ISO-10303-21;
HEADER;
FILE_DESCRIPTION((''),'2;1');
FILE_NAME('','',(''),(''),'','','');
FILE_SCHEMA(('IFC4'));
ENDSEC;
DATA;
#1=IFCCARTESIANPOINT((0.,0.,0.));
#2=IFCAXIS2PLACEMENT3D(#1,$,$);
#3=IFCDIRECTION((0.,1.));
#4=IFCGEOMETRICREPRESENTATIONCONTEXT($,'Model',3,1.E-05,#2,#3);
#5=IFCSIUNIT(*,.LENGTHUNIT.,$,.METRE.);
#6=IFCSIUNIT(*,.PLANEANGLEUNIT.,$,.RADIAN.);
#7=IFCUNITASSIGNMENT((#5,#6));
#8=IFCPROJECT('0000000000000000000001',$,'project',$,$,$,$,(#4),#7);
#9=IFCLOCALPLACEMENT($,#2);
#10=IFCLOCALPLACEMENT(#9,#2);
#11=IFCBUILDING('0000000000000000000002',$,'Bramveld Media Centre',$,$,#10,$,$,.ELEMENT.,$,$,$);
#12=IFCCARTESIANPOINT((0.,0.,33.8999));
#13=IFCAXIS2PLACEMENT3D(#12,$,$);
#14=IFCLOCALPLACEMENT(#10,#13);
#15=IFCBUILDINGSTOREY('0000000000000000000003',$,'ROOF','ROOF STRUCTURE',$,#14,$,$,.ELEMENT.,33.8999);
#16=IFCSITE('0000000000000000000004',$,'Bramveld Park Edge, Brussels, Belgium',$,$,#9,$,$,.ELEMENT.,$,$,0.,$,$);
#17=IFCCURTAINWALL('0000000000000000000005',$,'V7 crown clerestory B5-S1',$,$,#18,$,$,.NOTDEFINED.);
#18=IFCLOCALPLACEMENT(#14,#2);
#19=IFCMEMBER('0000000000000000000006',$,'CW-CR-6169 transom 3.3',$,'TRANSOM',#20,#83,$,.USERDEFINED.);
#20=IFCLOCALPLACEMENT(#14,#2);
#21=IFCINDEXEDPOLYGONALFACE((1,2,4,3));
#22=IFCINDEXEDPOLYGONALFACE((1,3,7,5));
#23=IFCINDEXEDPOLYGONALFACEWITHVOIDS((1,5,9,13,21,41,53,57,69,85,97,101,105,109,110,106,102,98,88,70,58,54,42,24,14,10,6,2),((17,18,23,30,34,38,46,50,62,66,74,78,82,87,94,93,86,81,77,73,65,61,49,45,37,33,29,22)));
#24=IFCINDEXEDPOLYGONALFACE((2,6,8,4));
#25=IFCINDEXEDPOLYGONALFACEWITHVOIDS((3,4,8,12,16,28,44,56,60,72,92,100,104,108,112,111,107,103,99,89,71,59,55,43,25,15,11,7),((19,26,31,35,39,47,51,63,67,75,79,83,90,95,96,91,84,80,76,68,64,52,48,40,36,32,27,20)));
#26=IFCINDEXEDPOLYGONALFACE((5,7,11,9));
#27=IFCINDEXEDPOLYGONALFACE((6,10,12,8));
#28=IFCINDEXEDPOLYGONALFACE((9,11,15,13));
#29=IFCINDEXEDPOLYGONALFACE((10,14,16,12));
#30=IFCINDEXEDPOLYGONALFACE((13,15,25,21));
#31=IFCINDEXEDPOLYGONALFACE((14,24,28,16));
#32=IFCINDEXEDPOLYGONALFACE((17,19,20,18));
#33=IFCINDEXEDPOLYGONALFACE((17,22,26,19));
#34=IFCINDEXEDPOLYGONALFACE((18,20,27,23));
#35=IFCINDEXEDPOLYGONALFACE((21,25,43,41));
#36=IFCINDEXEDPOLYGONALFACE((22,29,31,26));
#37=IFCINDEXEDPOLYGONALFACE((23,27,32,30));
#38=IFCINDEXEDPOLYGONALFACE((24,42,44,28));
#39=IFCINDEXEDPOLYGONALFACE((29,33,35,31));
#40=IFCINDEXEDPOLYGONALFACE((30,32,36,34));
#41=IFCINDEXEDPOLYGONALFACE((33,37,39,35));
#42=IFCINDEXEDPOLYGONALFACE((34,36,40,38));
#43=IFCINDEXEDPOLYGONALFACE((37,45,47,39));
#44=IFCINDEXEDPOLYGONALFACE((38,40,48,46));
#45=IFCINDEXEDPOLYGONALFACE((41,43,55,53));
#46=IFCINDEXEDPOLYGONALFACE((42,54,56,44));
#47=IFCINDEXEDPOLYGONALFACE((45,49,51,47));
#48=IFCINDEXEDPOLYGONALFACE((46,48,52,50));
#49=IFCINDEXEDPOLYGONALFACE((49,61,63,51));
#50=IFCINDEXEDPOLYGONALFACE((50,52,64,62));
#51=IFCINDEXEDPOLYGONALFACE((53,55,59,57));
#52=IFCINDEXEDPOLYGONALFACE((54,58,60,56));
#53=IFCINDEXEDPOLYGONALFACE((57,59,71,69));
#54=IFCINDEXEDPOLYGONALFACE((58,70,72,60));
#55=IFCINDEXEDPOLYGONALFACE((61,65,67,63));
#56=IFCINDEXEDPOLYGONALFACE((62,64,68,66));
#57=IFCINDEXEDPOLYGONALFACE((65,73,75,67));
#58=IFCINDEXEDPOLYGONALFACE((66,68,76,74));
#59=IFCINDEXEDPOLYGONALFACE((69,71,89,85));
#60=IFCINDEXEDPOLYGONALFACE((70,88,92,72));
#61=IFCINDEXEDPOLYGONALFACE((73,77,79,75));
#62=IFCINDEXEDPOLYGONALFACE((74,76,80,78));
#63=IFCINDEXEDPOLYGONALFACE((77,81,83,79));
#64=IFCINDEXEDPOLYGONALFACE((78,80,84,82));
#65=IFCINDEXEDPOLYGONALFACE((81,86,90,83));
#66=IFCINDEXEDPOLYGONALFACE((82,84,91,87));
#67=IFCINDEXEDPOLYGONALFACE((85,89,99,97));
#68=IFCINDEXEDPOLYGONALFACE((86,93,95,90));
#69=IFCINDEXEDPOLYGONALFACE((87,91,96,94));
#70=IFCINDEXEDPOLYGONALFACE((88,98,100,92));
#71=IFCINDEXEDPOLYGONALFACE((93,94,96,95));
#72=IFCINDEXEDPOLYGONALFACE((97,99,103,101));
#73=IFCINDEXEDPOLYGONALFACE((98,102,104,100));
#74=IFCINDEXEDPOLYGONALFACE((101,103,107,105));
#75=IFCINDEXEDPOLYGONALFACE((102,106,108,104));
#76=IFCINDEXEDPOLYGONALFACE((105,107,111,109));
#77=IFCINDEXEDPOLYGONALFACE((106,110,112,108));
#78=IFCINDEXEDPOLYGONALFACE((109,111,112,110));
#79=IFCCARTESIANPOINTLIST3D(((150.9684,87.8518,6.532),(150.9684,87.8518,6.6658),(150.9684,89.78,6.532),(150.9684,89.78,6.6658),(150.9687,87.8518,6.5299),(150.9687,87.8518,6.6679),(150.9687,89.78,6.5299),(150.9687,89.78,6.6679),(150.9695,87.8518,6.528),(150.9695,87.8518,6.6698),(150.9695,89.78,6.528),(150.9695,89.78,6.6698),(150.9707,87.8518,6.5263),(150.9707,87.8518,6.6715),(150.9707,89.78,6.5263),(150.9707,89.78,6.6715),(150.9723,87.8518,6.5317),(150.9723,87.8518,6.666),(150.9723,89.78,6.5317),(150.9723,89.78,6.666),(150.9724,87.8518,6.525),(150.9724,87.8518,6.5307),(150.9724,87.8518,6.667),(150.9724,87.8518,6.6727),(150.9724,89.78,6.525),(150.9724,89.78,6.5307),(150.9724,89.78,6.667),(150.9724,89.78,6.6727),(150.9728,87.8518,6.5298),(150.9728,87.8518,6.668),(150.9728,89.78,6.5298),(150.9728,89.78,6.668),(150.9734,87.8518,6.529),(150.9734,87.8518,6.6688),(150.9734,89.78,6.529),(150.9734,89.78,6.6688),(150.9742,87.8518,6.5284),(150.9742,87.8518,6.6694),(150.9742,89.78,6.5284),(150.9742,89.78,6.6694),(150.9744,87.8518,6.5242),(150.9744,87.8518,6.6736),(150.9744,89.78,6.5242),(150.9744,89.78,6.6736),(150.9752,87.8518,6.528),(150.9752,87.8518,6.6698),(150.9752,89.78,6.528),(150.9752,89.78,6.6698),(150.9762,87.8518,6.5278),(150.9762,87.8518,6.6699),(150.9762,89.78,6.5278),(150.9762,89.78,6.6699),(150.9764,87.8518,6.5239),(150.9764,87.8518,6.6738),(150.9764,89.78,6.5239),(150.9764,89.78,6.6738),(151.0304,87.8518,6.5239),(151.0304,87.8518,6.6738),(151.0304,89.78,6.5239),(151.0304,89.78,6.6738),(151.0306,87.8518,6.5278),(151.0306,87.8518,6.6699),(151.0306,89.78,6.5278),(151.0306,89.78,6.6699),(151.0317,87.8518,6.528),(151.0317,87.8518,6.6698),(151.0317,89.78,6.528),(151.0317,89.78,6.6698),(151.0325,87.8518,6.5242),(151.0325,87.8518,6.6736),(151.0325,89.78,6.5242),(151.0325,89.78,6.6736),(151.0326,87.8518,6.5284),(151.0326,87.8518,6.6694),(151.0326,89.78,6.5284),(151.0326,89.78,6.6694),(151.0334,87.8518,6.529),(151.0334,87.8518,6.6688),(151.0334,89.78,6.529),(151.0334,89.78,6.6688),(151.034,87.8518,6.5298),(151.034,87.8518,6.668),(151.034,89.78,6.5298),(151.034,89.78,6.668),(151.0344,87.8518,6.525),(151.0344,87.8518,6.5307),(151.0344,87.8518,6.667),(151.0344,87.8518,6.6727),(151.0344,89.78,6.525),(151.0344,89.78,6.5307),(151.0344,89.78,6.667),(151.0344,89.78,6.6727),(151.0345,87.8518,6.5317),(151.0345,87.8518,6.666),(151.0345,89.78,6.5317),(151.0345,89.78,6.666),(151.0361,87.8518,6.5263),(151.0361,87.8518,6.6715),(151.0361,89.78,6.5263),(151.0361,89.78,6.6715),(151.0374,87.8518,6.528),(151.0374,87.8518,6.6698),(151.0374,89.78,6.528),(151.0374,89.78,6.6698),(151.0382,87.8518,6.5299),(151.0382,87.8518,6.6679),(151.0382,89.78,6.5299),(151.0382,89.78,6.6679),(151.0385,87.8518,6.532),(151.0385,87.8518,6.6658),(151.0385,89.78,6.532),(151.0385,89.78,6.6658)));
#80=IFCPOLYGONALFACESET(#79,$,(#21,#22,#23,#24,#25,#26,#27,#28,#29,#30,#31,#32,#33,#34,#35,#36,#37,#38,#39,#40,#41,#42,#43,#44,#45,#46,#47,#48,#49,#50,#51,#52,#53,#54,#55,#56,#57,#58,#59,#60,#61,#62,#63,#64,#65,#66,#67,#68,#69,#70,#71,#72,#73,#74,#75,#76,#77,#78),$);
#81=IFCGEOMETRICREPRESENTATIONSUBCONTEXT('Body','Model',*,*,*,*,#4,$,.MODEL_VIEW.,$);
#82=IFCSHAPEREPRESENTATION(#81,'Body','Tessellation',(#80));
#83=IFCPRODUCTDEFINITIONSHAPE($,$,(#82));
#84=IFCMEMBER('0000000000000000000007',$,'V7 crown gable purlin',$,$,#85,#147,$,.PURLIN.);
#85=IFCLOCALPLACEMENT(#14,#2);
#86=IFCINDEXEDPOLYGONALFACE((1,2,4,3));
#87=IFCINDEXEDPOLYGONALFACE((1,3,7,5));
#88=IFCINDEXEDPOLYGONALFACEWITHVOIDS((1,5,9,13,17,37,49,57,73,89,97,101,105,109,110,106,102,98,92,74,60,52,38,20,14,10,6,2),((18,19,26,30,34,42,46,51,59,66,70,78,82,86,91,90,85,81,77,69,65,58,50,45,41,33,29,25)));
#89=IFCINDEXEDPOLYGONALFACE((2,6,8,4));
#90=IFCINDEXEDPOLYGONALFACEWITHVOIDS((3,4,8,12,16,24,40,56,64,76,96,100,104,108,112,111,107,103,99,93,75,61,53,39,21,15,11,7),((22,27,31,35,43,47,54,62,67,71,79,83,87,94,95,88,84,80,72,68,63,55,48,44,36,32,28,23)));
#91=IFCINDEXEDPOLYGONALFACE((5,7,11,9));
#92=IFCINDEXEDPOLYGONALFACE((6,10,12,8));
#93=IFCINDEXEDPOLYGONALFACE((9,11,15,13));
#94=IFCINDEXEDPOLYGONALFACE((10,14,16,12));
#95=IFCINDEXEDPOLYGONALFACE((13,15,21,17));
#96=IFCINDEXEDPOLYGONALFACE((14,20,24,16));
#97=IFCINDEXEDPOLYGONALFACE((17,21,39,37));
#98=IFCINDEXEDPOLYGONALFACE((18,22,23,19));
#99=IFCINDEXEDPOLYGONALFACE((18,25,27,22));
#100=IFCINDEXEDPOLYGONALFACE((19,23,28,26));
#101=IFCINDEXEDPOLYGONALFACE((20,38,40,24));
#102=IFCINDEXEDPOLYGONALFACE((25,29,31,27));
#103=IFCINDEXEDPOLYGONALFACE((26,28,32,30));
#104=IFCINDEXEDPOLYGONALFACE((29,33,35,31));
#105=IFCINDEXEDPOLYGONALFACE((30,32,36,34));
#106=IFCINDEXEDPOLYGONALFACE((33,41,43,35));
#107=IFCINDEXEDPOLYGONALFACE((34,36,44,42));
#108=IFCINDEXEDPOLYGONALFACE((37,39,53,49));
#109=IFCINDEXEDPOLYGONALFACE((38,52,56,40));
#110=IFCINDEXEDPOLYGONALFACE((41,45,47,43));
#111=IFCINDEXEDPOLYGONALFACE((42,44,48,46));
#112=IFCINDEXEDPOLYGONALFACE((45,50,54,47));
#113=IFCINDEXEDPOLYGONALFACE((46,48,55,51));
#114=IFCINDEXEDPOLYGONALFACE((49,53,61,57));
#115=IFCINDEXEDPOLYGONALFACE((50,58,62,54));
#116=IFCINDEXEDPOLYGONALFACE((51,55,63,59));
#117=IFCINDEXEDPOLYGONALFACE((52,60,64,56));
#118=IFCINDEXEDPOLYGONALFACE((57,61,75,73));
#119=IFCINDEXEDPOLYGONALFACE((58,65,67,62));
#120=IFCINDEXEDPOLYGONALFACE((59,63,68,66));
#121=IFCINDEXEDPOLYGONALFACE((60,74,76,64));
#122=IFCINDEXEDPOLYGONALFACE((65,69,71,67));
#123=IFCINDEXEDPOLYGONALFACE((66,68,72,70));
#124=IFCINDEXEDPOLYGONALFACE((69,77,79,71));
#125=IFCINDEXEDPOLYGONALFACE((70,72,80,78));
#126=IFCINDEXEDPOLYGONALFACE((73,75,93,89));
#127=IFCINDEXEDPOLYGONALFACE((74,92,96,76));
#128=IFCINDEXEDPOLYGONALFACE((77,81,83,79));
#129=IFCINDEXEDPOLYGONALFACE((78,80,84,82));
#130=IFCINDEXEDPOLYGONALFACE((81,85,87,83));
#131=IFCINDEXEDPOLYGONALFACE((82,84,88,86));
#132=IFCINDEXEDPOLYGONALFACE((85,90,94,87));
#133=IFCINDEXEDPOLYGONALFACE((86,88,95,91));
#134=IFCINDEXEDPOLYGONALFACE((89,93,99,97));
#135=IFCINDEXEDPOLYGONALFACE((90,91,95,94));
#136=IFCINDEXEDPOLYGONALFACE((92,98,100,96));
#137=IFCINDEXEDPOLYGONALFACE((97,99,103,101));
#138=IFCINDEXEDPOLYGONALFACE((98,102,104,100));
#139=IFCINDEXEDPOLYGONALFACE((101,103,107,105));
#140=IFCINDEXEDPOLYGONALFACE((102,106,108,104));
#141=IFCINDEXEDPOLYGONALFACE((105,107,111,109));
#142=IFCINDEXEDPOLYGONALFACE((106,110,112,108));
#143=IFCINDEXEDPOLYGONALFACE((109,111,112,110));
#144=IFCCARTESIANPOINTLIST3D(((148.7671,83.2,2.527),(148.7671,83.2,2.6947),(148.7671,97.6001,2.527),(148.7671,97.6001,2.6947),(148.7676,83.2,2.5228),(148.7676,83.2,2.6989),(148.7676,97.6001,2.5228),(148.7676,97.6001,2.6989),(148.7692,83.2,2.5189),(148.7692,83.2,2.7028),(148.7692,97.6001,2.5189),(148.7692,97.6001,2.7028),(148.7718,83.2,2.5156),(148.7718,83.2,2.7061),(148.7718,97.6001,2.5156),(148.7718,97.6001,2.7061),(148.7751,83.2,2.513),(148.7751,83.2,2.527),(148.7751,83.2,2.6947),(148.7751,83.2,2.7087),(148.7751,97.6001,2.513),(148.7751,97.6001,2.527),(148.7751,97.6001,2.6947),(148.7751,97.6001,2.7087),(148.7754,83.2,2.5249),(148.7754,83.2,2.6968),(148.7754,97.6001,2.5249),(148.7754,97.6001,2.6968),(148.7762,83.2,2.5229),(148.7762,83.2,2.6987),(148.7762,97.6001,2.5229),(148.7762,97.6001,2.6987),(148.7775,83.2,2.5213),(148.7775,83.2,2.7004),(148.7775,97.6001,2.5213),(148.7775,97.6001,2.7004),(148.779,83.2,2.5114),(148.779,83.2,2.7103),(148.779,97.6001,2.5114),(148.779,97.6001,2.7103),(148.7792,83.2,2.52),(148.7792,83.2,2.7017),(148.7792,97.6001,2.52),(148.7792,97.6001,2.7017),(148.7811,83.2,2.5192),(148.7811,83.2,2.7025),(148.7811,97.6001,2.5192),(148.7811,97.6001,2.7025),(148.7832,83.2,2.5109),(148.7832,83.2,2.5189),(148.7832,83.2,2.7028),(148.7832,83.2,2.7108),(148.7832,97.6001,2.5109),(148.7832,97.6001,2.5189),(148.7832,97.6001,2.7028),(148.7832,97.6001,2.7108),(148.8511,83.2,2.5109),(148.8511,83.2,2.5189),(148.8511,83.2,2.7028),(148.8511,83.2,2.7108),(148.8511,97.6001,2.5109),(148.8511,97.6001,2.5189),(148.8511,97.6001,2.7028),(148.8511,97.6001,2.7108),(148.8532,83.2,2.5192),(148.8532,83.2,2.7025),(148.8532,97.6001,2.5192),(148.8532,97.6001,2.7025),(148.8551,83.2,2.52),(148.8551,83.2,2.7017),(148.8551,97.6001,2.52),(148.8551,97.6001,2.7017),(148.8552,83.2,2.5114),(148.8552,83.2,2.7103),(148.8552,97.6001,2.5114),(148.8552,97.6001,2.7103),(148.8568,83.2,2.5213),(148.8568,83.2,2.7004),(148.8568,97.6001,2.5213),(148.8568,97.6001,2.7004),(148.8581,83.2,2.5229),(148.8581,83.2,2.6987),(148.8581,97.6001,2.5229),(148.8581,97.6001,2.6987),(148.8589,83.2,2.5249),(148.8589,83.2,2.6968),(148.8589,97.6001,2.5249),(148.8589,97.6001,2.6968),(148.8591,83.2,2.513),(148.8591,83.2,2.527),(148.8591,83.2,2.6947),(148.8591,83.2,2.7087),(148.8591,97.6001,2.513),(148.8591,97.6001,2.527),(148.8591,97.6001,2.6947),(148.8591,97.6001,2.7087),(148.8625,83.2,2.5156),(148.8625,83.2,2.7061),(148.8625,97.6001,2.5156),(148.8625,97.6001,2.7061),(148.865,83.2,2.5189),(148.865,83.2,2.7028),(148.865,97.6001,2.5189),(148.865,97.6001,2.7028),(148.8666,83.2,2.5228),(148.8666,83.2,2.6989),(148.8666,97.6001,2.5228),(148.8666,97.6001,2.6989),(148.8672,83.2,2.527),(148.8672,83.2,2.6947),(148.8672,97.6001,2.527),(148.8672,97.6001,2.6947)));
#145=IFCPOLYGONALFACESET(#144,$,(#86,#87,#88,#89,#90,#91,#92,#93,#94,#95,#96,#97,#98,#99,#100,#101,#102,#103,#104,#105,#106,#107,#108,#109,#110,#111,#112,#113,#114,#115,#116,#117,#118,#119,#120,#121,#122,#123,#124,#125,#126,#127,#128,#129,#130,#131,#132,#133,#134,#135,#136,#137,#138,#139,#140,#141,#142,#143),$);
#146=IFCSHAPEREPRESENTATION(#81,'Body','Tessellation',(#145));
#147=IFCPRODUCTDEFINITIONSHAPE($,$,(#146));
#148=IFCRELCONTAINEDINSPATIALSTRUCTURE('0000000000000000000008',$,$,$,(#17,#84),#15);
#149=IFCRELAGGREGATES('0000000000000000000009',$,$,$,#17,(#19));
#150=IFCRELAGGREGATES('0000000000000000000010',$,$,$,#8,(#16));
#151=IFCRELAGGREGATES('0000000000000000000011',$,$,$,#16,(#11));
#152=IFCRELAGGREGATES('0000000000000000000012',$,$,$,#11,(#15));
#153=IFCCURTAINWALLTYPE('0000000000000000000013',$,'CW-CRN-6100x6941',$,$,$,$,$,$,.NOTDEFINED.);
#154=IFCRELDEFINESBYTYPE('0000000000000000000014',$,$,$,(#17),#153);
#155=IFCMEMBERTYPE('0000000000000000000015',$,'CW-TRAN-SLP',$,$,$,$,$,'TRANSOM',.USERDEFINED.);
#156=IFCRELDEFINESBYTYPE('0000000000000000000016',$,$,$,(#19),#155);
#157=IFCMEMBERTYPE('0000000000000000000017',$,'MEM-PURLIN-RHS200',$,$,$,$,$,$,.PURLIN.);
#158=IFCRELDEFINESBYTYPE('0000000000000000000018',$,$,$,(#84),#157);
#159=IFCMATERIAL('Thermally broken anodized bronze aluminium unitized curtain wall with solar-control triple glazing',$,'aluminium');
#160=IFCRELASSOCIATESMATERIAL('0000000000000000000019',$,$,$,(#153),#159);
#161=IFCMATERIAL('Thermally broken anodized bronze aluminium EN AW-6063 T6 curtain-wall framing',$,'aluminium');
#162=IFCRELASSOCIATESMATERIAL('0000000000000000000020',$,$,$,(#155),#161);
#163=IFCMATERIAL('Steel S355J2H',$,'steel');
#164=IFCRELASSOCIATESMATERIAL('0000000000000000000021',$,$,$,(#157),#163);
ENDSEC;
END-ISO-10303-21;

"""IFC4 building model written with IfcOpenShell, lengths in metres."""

from ifc_helpers import new_model, si_unit, direction, frame, origin, origin_2d, place, context, subcontext, project, spatial, hollow_rectangle, extrude, material, material_profile, profile_set, type_object, element, aggregate, save


model = new_model("IFC4")

# Units and contexts
model_context = context("Model", 3, precision=1e-05, world=origin(), true_north=direction((0.0, 1.0)))
body_context = subcontext(model_context, "Body", "Model", "MODEL_VIEW")
ifc_project = project(units=[si_unit("LENGTHUNIT", "METRE"), si_unit("PLANEANGLEUNIT", "RADIAN")], contexts=[model_context])

# Site, building, storey
site_placement = place(None, origin())
site = spatial("IfcSite", under=ifc_project, at=site_placement, Name="Bramveld Park Edge, Brussels, Belgium", CompositionType="ELEMENT", RefElevation=0.0)
building_placement = place(site_placement, origin())
building = spatial("IfcBuilding", under=site, at=building_placement, Name="Bramveld Media Centre", CompositionType="ELEMENT")
storey_placement = place(building_placement, frame((0.0, 0.0, 33.8999)))
storey = spatial("IfcBuildingStorey", under=building, at=storey_placement, Name="ROOF", Description="ROOF STRUCTURE", CompositionType="ELEMENT", Elevation=33.8999)

# Curtain wall, member
ifc_material_1 = material(Name="Thermally broken anodized bronze aluminium unitized curtain wall with solar-control triple glazing", Category="aluminium")
curtain_wall_type = type_object("IfcCurtainWallType", Name="CW-CRN-6100x6941", PredefinedType="NOTDEFINED", material=ifc_material_1)
ifc_material_2 = material(Name="Thermally broken anodized bronze aluminium EN AW-6063 T6 curtain-wall framing", Category="aluminium")
ifc_material_profile_1 = material_profile(ifc_material_2, hollow_rectangle(XDim=0.0701, YDim=0.1499, WallThickness=0.0039, InnerFilletRadius=0.0039, OuterFilletRadius=0.0081, at=origin_2d()), Name="AL-TRAN 70x150")
ifc_profile_set_1 = profile_set([ifc_material_profile_1], Name="Thermally broken anodized bronze aluminium EN AW-6063 T6 curtain-wall framing")
member_type_1 = type_object("IfcMemberType", Name="CW-TRAN-SLP", ElementType="TRANSOM", PredefinedType="USERDEFINED", material=ifc_profile_set_1)
curtain_wall_1_placement = place(storey_placement, origin())
curtain_wall_1 = element("IfcCurtainWall", 1, at=curtain_wall_1_placement, inside=storey, type_object=curtain_wall_type, Name="V7 crown clerestory B5-S1", PredefinedType="NOTDEFINED")
member_1_placement = place(storey_placement, frame((151.0034, 87.8518, 6.5989), z_axis=(0.0, 1.0, 0.0), x_axis=(-1.0, 0.0, 0.0)))
member_1 = element("IfcMember", 2, at=member_1_placement, type_object=member_type_1, Name="CW-CR-6169 transom 3.3", ObjectType="TRANSOM", PredefinedType="USERDEFINED", context=body_context, shape_type="SweptSolid", body=[
    extrude(hollow_rectangle(XDim=0.0701, YDim=0.1499, WallThickness=0.0039, InnerFilletRadius=0.0039, OuterFilletRadius=0.0081, at=origin_2d()), origin(), (0.0, 0.0, 1.0), 1.9282),
])

# Member
ifc_material_3 = material(Name="Steel S355J2H", Category="steel")
ifc_material_profile_2 = material_profile(ifc_material_3, hollow_rectangle(XDim=0.1001, YDim=0.2, WallThickness=0.0081, InnerFilletRadius=0.0081, OuterFilletRadius=0.0161, at=origin_2d()), Name="RHS 200x100x8")
ifc_profile_set_2 = profile_set([ifc_material_profile_2], Name="Steel S355J2H")
member_type_2 = type_object("IfcMemberType", Name="MEM-PURLIN-RHS200", PredefinedType="PURLIN", material=ifc_profile_set_2)
for number, where, z_axis, x_axis, name in (
    (3, (148.8171, 83.2, 2.6108), (0.0, 1.0, 0.0), (-1.0, 0.0, 0.0), "V7 crown gable purlin"),
):
    element("IfcMember", number, at=place(storey_placement, frame(where, z_axis=z_axis, x_axis=x_axis)), inside=storey, type_object=member_type_2, Name=name, PredefinedType="PURLIN", context=body_context, shape_type="SweptSolid", body=[
        extrude(hollow_rectangle(XDim=0.1001, YDim=0.2, WallThickness=0.0081, InnerFilletRadius=0.0081, OuterFilletRadius=0.0161, at=origin_2d()), origin(), (0.0, 0.0, 1.0), 14.4001),
    ])

aggregate(curtain_wall_1, [member_1])

save(model, "model.ifc")
